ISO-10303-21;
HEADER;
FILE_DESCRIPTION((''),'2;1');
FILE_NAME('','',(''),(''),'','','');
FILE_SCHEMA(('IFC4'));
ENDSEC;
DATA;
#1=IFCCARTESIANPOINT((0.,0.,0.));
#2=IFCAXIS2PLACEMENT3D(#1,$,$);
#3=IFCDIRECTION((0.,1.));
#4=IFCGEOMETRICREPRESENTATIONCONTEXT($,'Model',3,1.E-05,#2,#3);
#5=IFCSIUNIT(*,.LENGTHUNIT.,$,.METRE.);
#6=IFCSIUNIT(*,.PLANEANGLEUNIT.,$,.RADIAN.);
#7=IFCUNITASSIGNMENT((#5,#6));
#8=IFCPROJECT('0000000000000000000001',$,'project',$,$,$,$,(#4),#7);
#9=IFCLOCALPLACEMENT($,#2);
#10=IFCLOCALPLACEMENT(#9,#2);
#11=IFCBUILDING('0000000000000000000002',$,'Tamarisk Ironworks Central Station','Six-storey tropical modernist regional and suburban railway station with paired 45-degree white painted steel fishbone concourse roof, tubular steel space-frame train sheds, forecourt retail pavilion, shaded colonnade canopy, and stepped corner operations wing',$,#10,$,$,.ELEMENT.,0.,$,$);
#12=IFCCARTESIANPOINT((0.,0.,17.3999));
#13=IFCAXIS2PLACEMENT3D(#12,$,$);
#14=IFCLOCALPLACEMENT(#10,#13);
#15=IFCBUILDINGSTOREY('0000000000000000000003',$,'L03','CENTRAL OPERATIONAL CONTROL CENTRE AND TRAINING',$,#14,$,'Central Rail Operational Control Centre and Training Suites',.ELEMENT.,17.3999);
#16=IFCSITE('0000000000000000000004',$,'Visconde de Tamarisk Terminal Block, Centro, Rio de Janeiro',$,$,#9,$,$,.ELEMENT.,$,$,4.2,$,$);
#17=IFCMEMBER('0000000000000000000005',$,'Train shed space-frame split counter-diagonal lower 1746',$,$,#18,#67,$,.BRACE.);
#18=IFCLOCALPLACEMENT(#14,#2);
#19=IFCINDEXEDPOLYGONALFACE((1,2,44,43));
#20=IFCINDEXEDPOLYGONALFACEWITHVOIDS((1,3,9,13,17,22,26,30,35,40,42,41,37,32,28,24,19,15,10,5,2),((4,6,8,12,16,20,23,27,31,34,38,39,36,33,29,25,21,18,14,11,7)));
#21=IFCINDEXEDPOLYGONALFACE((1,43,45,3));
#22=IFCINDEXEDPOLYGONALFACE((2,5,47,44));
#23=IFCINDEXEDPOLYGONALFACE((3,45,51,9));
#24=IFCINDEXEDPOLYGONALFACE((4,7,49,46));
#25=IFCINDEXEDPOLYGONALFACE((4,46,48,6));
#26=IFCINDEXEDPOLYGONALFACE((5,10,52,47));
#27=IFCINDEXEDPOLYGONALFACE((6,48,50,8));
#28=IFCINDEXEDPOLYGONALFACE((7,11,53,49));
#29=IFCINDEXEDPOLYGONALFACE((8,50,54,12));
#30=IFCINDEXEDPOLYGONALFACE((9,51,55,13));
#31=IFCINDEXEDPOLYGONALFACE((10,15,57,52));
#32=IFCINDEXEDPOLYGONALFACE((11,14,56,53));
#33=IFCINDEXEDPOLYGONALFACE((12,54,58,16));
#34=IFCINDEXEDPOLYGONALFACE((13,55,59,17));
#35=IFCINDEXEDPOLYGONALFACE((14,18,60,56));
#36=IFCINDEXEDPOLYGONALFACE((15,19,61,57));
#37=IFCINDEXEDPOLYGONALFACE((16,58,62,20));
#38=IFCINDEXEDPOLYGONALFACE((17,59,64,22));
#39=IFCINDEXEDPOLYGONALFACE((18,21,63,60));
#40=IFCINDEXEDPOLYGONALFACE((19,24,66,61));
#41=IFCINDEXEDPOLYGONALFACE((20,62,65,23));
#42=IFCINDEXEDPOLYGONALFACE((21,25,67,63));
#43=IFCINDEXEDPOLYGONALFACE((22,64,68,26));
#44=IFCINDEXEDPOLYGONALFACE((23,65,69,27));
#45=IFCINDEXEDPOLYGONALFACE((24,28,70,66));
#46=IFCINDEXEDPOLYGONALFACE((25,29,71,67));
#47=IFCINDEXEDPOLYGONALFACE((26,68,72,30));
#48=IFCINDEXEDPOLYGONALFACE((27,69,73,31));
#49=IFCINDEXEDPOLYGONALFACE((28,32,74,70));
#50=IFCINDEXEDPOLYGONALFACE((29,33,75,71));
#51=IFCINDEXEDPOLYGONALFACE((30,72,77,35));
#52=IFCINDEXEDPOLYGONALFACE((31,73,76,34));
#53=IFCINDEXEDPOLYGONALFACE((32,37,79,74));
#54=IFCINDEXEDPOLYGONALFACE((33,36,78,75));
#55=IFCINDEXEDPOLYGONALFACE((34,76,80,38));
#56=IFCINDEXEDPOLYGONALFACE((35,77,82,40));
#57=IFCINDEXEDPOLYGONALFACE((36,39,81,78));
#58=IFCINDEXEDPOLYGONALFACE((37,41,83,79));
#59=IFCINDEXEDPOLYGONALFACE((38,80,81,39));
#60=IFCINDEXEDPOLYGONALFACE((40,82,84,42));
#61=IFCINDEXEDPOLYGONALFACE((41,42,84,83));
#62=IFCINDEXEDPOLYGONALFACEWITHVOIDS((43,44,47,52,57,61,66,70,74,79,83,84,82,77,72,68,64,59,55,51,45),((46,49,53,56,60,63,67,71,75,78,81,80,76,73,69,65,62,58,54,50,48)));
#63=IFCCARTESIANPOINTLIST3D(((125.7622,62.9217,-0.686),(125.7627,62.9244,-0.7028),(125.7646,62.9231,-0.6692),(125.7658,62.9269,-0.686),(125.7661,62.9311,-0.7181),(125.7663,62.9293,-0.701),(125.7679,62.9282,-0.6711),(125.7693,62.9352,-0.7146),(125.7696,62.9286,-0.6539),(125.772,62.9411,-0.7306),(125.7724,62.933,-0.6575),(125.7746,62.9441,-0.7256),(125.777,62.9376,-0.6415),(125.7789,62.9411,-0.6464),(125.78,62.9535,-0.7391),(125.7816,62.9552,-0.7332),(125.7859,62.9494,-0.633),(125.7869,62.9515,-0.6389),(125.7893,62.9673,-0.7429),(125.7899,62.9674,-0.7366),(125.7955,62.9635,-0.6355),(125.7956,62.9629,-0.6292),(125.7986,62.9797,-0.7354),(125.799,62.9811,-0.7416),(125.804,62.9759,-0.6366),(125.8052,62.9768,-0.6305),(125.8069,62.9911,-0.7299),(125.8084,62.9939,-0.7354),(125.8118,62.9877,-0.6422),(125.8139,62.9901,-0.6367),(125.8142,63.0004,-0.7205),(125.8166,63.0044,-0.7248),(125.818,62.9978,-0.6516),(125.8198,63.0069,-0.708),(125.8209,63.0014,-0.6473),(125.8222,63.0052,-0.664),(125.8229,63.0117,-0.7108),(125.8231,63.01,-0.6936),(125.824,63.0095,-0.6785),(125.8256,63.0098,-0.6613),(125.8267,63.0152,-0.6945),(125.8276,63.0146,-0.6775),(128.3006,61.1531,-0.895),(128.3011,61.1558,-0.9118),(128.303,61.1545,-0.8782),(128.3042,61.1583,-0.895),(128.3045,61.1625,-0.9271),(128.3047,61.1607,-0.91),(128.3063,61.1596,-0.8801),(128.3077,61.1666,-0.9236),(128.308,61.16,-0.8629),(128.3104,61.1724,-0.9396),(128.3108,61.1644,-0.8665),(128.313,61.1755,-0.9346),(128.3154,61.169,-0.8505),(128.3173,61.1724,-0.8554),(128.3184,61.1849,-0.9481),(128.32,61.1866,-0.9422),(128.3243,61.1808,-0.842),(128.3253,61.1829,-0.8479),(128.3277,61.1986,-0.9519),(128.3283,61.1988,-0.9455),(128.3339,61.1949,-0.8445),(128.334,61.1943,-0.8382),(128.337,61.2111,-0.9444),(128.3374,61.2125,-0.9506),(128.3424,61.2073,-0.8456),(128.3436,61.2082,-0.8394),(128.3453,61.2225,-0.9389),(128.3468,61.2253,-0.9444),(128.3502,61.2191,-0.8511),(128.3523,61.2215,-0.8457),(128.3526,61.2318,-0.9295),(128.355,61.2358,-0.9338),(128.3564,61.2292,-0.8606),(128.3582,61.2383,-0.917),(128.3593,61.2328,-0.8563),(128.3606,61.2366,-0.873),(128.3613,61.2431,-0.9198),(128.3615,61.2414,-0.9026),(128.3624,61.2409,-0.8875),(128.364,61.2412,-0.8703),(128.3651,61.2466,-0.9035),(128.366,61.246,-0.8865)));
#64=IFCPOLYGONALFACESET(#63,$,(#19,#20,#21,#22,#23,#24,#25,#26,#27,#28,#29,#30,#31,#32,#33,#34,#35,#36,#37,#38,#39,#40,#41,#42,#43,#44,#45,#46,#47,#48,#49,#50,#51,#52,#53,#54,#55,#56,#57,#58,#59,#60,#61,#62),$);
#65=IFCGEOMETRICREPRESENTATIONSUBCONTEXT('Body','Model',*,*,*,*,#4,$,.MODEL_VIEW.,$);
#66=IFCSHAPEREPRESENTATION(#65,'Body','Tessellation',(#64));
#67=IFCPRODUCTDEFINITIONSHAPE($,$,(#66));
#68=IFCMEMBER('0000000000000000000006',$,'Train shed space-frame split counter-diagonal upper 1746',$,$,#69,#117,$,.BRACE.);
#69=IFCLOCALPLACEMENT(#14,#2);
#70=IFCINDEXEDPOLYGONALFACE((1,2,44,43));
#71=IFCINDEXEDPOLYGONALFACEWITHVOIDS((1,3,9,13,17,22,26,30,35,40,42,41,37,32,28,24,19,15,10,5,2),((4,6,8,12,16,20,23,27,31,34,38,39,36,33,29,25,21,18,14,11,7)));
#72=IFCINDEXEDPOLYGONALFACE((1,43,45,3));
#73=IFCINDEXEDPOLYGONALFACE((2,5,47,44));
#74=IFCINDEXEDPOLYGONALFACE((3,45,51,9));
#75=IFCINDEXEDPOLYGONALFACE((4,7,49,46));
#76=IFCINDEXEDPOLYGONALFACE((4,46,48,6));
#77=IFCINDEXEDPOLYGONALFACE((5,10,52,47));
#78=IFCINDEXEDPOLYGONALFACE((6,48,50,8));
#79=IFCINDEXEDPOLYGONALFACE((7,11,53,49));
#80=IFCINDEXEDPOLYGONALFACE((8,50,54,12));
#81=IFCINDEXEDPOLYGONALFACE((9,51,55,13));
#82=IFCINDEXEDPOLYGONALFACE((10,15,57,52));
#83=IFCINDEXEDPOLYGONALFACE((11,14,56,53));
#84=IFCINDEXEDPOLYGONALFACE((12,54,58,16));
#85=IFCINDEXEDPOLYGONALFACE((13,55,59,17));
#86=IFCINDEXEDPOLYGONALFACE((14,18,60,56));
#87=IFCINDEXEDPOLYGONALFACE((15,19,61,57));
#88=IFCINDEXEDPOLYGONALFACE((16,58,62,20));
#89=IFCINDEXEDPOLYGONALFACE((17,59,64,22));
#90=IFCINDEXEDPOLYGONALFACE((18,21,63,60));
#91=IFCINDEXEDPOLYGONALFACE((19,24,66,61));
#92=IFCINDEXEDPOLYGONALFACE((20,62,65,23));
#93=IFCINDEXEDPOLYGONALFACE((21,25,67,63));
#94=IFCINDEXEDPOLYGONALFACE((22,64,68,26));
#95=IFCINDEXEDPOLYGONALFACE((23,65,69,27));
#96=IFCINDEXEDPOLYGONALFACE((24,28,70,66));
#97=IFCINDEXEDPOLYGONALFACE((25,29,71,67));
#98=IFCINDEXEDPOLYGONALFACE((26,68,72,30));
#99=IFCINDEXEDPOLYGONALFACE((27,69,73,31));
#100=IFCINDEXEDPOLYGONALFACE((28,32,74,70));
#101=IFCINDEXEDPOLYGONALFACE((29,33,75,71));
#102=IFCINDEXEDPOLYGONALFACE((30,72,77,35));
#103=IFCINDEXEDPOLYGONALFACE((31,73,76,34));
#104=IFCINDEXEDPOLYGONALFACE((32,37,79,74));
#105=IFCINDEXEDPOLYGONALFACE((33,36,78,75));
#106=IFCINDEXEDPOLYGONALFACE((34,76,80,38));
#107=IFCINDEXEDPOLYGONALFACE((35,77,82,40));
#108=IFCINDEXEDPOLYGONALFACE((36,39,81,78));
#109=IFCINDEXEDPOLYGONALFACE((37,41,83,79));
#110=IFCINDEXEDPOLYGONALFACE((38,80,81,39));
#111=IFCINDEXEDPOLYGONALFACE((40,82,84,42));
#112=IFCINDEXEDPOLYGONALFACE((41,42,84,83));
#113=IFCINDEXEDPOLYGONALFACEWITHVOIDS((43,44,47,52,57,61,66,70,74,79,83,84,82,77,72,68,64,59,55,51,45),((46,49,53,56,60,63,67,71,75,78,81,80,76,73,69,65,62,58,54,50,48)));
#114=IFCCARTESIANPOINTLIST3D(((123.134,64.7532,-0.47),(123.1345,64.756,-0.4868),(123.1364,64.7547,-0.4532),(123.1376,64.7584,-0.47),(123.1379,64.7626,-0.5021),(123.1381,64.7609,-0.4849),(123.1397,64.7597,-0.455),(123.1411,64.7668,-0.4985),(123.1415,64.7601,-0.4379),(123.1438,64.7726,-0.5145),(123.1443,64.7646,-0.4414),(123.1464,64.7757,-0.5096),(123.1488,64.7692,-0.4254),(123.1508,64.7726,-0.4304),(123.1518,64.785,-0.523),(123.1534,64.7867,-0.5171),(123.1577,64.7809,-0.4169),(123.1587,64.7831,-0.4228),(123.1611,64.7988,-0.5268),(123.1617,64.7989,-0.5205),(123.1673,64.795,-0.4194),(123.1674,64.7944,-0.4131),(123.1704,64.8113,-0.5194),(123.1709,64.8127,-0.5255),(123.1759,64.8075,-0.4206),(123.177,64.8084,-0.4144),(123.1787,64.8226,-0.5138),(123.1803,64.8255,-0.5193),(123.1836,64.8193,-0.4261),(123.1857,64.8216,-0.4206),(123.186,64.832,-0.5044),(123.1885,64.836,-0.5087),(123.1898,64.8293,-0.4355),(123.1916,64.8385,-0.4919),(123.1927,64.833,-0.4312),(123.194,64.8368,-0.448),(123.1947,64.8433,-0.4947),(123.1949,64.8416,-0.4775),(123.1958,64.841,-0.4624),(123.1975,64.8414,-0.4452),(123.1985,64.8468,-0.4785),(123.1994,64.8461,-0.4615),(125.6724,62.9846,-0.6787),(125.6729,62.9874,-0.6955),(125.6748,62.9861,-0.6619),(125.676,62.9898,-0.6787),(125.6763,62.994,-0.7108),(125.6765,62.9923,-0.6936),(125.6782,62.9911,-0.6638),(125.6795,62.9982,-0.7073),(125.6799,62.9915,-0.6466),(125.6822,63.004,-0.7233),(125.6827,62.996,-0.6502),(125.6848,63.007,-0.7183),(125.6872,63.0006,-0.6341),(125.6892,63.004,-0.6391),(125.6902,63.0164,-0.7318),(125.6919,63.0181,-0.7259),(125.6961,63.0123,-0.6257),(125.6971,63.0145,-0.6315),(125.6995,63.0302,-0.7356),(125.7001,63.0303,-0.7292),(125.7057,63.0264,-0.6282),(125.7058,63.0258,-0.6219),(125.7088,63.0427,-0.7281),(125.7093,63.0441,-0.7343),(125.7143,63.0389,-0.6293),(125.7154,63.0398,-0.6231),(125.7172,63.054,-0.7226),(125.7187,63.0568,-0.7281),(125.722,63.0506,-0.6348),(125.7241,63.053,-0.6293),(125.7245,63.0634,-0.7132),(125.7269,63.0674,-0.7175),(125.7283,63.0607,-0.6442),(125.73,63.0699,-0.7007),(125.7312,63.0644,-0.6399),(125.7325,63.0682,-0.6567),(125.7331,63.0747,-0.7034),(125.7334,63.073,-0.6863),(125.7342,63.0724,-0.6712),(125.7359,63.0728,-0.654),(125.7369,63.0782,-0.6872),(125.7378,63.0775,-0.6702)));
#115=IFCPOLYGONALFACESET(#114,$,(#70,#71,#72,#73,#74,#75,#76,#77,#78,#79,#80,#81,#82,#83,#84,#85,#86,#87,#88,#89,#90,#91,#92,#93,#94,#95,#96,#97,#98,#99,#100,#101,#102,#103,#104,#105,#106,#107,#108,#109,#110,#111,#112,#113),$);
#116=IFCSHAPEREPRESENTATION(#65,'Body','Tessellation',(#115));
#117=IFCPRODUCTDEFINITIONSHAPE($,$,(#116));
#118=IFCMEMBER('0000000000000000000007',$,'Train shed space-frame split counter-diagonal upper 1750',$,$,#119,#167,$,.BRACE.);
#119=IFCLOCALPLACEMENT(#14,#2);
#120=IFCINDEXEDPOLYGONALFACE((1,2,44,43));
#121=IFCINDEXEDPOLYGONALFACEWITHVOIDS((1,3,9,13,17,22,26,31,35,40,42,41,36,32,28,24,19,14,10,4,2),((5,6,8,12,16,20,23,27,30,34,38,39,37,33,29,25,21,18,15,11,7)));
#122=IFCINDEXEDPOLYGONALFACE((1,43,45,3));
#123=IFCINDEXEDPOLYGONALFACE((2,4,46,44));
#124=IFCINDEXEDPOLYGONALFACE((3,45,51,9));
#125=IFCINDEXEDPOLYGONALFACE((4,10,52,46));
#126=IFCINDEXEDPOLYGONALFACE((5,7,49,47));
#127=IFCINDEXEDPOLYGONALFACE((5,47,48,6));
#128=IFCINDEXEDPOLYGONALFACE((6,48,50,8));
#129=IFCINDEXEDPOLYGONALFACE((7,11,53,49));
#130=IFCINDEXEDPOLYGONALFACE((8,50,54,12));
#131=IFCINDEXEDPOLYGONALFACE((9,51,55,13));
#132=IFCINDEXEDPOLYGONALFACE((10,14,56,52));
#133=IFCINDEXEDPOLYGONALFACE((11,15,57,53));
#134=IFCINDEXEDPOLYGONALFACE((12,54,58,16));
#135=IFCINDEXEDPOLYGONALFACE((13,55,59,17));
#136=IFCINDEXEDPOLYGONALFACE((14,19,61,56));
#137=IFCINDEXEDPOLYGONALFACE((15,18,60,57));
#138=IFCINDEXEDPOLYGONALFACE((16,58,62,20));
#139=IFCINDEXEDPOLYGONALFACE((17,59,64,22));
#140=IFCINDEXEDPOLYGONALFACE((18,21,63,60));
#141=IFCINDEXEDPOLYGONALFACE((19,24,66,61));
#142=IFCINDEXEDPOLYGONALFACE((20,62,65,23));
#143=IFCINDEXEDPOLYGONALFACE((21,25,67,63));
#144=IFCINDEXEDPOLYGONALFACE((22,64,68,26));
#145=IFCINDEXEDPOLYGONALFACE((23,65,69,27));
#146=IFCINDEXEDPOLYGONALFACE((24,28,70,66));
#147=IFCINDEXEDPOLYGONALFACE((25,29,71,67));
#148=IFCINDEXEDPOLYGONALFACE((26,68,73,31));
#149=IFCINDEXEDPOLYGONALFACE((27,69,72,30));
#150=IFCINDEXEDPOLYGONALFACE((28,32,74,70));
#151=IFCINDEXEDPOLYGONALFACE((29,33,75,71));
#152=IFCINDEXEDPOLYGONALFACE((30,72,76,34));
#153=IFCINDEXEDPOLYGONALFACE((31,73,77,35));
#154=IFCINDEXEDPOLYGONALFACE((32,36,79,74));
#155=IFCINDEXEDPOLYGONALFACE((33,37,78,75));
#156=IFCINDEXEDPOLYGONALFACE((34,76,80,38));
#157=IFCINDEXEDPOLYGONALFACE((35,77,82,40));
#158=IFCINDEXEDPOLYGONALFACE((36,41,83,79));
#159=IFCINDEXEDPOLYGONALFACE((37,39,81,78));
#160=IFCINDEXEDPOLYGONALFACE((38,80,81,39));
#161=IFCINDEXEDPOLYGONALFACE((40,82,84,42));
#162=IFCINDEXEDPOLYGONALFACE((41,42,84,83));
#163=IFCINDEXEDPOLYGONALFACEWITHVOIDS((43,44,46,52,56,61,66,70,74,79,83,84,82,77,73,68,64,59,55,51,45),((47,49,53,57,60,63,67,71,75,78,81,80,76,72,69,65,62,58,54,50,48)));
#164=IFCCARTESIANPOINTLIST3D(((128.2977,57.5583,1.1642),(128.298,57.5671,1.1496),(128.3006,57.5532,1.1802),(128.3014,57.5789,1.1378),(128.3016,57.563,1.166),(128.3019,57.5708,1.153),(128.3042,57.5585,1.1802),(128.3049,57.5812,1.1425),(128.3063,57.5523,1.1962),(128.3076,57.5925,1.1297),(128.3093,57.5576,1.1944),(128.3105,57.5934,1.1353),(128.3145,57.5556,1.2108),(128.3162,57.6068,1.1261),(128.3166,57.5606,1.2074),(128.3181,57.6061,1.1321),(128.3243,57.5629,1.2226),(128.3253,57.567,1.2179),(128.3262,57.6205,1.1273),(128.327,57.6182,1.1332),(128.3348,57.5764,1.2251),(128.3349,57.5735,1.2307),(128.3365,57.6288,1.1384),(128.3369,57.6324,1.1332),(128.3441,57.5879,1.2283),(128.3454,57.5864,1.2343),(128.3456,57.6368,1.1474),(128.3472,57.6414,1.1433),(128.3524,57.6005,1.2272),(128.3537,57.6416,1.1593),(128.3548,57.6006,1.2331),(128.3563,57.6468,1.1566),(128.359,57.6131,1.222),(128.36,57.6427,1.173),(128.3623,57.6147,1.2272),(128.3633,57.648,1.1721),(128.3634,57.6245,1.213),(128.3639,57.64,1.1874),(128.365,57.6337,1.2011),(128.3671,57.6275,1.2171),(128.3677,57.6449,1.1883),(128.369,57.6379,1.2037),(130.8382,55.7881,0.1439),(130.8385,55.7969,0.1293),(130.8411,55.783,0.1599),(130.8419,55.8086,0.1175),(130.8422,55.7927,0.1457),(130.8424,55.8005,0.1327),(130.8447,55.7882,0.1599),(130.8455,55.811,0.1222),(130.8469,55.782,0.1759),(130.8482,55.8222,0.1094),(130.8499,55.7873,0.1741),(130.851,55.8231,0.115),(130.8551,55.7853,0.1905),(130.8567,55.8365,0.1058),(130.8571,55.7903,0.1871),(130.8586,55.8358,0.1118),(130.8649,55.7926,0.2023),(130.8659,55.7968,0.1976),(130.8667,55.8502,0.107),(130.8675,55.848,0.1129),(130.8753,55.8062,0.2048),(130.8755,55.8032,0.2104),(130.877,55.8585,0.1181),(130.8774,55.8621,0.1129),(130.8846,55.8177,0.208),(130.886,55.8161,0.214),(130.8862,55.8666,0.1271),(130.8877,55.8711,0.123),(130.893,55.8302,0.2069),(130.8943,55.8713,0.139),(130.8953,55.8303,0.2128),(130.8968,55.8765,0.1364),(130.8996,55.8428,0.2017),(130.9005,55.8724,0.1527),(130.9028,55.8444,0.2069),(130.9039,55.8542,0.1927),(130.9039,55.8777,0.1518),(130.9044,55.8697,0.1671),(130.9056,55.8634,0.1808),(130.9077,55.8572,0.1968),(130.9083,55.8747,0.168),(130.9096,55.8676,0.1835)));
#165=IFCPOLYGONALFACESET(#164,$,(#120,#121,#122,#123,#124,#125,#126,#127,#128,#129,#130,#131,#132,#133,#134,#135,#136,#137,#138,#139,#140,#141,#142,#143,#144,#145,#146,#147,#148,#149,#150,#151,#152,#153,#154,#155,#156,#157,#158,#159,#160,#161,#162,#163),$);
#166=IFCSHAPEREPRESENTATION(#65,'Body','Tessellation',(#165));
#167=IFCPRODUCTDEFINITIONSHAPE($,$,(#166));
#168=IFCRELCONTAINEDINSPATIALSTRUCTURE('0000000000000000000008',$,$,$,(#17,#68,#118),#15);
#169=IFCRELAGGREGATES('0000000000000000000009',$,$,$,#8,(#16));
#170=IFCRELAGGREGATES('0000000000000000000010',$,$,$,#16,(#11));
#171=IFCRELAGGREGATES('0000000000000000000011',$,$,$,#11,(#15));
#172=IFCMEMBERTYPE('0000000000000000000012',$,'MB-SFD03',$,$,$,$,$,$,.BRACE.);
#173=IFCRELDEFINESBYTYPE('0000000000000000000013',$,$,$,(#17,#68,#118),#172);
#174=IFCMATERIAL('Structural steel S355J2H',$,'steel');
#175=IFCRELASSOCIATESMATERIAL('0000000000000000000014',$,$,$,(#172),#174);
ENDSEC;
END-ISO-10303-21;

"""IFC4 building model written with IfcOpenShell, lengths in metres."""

from ifc_helpers import new_model, si_unit, direction, frame, origin, origin_2d, place, context, subcontext, project, spatial, hollow_circle, extrude, material, material_profile, profile_set, type_object, element, save


model = new_model("IFC4")

# Units and contexts
model_context = context("Model", 3, precision=1e-05, world=origin(), true_north=direction((0.0, 1.0)))
body_context = subcontext(model_context, "Body", "Model", "MODEL_VIEW")
ifc_project = project(units=[si_unit("LENGTHUNIT", "METRE"), si_unit("PLANEANGLEUNIT", "RADIAN")], contexts=[model_context])

# Site, building, storey
site_placement = place(None, origin())
site = spatial("IfcSite", under=ifc_project, at=site_placement, Name="Visconde de Tamarisk Terminal Block, Centro, Rio de Janeiro", CompositionType="ELEMENT", RefElevation=4.2)
building_placement = place(site_placement, origin())
building = spatial("IfcBuilding", under=site, at=building_placement, Name="Tamarisk Ironworks Central Station", Description="Six-storey tropical modernist regional and suburban railway station with paired 45-degree white painted steel fishbone concourse roof, tubular steel space-frame train sheds, forecourt retail pavilion, shaded colonnade canopy, and stepped corner operations wing", CompositionType="ELEMENT", ElevationOfRefHeight=0.0)
storey_placement = place(building_placement, frame((0.0, 0.0, 17.3999)))
storey = spatial("IfcBuildingStorey", under=building, at=storey_placement, Name="L03", Description="CENTRAL OPERATIONAL CONTROL CENTRE AND TRAINING", LongName="Central Rail Operational Control Centre and Training Suites", CompositionType="ELEMENT", Elevation=17.3999)

# Members
ifc_material = material(Name="Structural steel S355J2H", Category="steel")
ifc_material_profile_1 = material_profile(ifc_material, hollow_circle(Radius=0.0571, WallThickness=0.0063, at=origin_2d()), Name="CHS 114.3x6.3")
ifc_profile_set_1 = profile_set([ifc_material_profile_1], Name="Structural steel S355J2H")
member_type_1 = type_object("IfcMemberType", Name="MB-SFD03", PredefinedType="BRACE", material=ifc_profile_set_1)
for number, where, z_axis, x_axis, name in (
    (1, (128.3333, 61.2, -0.895), (-0.818621, 0.570366, 0.067398), (-0.571666, -0.820487, 0.0), "Train shed space-frame split counter-diagonal lower 1746"),
    (2, (125.7051, 63.0315, -0.6787), (-0.818625, 0.570369, 0.06732), (-0.571666, -0.820487, 0.0), "Train shed space-frame split counter-diagonal upper 1746"),
):
    element("IfcMember", number, at=place(storey_placement, frame(where, z_axis=z_axis, x_axis=x_axis)), inside=storey, type_object=member_type_1, Name=name, PredefinedType="BRACE", context=body_context, shape_type="SweptSolid", body=[
        extrude(hollow_circle(Radius=0.0571, WallThickness=0.0063, at=origin_2d()), origin(), (0.0, 0.0, 1.0), 3.1008),
    ])
member_1_placement = place(storey_placement, frame((130.8738, 55.8298, 0.1599), z_axis=(-0.77925, 0.542989, 0.312943), x_axis=(-0.571704, -0.82046, 0.0)))
element("IfcMember", 3, at=member_1_placement, inside=storey, type_object=member_type_1, Name="Train shed space-frame split counter-diagonal upper 1750", PredefinedType="BRACE", context=body_context, shape_type="SweptSolid", body=[
    extrude(hollow_circle(Radius=0.0571, WallThickness=0.0063, at=origin_2d()), origin(), (0.0, 0.0, 1.0), 3.2603),
])

save(model, "model.ifc")
